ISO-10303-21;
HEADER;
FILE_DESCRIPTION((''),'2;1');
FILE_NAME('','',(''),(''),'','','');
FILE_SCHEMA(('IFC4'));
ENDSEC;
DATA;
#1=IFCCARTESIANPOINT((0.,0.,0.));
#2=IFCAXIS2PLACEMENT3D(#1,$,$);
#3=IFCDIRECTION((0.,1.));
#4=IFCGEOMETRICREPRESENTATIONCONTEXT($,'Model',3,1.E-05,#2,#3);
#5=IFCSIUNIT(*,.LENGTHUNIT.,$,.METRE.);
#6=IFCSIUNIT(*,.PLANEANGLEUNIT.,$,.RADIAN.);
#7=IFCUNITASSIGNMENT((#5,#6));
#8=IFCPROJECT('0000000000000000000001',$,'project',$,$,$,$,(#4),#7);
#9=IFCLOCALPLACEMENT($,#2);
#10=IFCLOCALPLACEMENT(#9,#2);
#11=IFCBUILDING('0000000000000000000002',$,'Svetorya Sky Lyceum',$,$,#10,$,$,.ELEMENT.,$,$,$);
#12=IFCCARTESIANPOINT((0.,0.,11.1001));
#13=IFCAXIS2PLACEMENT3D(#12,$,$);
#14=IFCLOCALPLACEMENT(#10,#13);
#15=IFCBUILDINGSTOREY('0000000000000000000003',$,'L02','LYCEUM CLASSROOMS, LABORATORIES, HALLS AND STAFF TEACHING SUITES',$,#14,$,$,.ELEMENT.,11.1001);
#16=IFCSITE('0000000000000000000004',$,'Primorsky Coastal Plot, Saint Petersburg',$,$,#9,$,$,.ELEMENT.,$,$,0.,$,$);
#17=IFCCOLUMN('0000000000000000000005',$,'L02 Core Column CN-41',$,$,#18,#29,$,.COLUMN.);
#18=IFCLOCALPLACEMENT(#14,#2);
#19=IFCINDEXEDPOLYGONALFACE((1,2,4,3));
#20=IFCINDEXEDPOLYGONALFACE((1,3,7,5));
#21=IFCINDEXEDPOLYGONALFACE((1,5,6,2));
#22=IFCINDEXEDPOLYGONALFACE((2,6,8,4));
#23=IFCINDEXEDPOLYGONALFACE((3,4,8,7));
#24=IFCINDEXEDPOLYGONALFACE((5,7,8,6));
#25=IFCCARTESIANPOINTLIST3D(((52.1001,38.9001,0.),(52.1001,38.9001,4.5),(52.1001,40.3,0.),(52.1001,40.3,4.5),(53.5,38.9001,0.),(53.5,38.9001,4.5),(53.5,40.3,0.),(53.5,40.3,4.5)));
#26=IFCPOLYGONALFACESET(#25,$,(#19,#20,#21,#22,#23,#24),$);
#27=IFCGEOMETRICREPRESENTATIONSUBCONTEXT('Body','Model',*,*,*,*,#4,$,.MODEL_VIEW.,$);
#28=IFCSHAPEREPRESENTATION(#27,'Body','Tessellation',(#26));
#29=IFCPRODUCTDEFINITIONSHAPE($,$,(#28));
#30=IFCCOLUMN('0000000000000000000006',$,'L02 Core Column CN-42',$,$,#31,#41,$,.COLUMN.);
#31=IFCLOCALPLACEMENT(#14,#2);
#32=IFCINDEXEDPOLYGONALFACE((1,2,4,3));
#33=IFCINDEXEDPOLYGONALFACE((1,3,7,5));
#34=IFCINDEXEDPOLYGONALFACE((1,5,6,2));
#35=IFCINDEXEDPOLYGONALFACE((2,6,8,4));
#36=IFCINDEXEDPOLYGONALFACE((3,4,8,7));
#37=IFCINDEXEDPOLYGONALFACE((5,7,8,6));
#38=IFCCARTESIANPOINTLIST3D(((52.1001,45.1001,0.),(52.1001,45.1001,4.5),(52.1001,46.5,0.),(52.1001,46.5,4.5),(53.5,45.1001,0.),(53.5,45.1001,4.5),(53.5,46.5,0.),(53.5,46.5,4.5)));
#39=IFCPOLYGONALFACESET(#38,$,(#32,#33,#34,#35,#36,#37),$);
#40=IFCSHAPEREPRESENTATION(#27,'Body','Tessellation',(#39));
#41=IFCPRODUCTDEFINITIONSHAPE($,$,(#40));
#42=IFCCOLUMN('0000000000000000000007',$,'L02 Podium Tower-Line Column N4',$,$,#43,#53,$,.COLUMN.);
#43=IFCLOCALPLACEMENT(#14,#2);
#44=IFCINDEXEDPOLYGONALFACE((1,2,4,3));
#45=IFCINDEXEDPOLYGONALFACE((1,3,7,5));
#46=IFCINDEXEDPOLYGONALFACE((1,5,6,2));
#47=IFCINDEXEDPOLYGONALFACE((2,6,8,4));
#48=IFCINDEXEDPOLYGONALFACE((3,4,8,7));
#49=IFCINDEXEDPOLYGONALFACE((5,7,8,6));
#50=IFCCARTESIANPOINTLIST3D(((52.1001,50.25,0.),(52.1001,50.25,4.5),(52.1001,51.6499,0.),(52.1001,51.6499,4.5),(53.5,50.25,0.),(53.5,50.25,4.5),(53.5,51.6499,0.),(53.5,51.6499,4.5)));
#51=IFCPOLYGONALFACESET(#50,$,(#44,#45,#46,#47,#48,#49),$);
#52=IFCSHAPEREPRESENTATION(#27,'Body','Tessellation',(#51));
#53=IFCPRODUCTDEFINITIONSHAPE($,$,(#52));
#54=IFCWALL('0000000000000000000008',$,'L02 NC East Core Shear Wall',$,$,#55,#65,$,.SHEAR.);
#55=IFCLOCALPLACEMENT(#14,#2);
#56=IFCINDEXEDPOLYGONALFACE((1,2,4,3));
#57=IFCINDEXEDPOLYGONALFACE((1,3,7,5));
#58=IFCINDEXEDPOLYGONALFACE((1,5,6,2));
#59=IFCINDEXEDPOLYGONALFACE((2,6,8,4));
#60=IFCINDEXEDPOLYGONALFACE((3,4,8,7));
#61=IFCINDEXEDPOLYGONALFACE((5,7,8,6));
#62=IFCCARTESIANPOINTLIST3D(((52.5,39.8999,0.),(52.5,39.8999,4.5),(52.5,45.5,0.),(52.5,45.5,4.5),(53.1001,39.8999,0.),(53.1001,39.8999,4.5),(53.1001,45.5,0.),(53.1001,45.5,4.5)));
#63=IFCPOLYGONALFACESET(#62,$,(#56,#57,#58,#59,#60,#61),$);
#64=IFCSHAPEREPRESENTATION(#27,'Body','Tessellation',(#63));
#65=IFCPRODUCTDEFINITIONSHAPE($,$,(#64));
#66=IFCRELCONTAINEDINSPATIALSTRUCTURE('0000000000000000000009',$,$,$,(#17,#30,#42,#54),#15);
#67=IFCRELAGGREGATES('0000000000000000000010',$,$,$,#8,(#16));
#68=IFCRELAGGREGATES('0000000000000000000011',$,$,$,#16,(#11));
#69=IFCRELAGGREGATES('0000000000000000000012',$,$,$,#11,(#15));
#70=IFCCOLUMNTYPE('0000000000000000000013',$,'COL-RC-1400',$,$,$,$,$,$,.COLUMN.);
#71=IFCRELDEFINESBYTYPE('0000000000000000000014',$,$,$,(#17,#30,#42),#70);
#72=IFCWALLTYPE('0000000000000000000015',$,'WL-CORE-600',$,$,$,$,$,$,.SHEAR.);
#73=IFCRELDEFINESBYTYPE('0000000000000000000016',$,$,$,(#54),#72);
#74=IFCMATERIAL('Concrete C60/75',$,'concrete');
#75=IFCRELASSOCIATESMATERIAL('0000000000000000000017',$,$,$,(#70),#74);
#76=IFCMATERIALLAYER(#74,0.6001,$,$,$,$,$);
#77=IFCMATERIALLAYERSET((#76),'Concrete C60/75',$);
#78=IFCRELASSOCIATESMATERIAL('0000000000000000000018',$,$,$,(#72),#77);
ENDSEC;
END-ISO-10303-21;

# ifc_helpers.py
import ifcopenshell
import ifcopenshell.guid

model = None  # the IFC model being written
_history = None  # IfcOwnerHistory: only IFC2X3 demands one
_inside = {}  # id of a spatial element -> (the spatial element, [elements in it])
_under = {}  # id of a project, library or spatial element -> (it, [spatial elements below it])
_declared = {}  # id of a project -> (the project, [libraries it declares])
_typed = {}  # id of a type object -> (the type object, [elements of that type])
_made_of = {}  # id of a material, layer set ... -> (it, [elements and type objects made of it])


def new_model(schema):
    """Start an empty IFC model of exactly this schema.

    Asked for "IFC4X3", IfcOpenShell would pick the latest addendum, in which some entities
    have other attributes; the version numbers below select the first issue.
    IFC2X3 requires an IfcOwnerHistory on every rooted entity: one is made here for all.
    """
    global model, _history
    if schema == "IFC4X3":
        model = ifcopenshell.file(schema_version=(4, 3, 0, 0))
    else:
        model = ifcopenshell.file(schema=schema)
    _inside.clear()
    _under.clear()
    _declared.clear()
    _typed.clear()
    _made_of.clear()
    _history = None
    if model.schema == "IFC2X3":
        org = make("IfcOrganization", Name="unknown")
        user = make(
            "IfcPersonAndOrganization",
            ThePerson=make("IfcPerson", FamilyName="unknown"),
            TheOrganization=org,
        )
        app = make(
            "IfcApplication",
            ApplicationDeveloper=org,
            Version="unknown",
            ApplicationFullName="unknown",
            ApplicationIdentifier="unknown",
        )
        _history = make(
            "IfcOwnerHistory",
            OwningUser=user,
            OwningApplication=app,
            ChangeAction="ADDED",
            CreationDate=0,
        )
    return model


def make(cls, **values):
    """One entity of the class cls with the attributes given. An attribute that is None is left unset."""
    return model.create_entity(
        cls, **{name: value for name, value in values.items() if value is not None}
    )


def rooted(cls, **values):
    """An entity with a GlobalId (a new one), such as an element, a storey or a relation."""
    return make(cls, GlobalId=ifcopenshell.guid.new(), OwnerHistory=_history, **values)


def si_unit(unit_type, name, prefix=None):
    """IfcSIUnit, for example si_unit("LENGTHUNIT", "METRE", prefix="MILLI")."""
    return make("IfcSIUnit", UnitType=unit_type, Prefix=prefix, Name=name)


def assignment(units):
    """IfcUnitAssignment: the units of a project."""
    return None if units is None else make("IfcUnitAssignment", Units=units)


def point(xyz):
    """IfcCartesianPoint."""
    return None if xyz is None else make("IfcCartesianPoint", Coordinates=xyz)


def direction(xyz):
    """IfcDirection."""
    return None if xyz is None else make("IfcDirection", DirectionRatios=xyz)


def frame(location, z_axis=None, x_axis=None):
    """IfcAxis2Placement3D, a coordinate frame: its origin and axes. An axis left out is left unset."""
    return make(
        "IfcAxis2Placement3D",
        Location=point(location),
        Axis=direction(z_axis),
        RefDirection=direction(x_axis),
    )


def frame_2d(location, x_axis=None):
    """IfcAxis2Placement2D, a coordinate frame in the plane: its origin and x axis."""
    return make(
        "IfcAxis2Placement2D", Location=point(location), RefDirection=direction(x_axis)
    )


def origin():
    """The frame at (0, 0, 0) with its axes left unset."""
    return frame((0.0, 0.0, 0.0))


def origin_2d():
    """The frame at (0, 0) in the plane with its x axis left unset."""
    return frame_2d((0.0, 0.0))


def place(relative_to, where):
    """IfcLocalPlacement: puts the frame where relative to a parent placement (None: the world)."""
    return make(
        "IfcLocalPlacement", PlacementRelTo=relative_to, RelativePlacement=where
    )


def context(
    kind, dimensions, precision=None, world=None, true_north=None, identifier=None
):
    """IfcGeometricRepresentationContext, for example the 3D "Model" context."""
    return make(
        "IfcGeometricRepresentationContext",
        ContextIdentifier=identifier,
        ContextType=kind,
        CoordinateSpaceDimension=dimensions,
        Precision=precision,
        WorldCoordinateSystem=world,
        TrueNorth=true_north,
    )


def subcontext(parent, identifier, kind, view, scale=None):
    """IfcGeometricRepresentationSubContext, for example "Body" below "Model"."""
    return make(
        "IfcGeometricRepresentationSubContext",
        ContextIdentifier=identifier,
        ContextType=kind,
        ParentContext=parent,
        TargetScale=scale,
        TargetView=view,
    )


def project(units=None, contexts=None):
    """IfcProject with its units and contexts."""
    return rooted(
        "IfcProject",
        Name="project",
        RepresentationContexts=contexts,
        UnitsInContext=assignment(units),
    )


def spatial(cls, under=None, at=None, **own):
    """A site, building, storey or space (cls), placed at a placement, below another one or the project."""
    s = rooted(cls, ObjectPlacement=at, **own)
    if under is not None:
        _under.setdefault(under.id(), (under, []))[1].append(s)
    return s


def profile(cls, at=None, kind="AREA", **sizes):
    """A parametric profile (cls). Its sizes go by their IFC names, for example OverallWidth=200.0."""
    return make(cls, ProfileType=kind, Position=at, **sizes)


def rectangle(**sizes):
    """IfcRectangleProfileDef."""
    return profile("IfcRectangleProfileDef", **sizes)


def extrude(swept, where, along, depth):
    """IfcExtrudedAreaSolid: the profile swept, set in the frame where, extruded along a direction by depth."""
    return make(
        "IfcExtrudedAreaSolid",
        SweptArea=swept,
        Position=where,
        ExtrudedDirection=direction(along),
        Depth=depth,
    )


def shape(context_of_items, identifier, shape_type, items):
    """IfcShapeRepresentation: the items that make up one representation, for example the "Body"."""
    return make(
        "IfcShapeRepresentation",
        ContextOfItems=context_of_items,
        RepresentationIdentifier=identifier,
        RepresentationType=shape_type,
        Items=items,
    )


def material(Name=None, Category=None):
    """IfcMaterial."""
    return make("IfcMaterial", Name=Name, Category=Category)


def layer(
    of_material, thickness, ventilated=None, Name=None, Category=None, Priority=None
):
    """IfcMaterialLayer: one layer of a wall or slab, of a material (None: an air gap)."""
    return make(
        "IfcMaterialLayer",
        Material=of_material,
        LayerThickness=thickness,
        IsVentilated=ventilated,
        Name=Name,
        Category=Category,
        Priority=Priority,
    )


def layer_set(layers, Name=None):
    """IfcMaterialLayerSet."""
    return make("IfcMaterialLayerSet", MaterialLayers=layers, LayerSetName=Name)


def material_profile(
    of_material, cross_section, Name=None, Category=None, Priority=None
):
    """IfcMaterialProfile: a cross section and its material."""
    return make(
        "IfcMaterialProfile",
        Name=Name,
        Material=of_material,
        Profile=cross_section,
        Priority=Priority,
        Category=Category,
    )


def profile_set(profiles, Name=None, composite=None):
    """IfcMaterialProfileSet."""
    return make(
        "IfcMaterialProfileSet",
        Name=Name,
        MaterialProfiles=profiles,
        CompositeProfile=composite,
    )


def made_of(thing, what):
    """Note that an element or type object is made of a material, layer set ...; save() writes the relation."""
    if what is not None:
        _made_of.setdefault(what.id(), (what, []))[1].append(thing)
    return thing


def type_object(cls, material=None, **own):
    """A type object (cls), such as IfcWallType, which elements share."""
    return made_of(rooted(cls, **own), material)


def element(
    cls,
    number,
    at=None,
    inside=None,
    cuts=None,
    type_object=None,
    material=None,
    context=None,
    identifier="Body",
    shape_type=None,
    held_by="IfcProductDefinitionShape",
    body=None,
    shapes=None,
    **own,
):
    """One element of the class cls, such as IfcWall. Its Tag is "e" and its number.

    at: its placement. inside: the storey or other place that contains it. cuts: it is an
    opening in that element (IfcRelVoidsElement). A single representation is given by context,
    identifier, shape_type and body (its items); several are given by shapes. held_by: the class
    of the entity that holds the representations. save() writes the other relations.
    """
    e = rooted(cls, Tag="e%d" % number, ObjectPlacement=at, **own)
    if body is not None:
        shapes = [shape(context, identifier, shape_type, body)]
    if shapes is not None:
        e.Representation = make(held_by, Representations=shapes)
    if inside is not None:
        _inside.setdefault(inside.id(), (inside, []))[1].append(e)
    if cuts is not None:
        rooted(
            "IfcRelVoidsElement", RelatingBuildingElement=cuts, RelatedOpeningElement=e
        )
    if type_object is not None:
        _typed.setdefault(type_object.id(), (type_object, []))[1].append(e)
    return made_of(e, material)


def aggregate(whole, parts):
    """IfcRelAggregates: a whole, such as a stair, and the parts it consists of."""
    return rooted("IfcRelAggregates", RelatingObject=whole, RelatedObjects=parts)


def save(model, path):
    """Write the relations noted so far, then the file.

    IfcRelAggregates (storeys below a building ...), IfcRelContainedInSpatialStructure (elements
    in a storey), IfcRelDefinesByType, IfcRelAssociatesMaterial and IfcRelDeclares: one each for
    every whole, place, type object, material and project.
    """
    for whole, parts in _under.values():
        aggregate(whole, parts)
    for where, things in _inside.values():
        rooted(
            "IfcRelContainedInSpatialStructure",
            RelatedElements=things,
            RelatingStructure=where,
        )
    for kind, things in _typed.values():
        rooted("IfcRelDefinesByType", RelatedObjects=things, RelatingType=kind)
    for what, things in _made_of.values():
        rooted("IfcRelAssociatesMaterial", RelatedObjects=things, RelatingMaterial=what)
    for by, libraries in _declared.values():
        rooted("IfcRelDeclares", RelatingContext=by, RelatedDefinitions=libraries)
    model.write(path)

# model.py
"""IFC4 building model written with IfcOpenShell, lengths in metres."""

from ifc_helpers import new_model, si_unit, direction, frame, frame_2d, origin, origin_2d, place, context, subcontext, project, spatial, rectangle, extrude, material, layer, layer_set, material_profile, profile_set, type_object, element, save


model = new_model("IFC4")

# Units and contexts
model_context = context("Model", 3, precision=1e-05, world=origin(), true_north=direction((0.0, 1.0)))
body_context = subcontext(model_context, "Body", "Model", "MODEL_VIEW")
ifc_project = project(units=[si_unit("LENGTHUNIT", "METRE"), si_unit("PLANEANGLEUNIT", "RADIAN")], contexts=[model_context])

# Site, building, storey
site_placement = place(None, origin())
site = spatial("IfcSite", under=ifc_project, at=site_placement, Name="Primorsky Coastal Plot, Saint Petersburg", CompositionType="ELEMENT", RefElevation=0.0)
building_placement = place(site_placement, origin())
building = spatial("IfcBuilding", under=site, at=building_placement, Name="Svetorya Sky Lyceum", CompositionType="ELEMENT")
storey_placement = place(building_placement, frame((0.0, 0.0, 11.1001)))
storey = spatial("IfcBuildingStorey", under=building, at=storey_placement, Name="L02", Description="LYCEUM CLASSROOMS, LABORATORIES, HALLS AND STAFF TEACHING SUITES", CompositionType="ELEMENT", Elevation=11.1001)

# Columns
ifc_material_1 = material(Name="Concrete C60/75", Category="concrete")
ifc_material_profile = material_profile(ifc_material_1, rectangle(XDim=1.3999, YDim=1.3999, at=origin_2d()), Name="RC COL 1400x1400")
ifc_profile_set = profile_set([ifc_material_profile], Name="Concrete C60/75")
column_type = type_object("IfcColumnType", Name="COL-RC-1400", PredefinedType="COLUMN", material=ifc_profile_set)
for number, where, z_axis, x_axis, name in (
    (1, (52.8, 39.6001, 0.0), (0.0, 0.0, 1.0), (1.0, 0.0, 0.0), "L02 Core Column CN-41"),
    (2, (52.8, 45.8, 0.0), (0.0, 0.0, 1.0), (1.0, 0.0, 0.0), "L02 Core Column CN-42"),
    (3, (52.8, 50.95, 0.0), (0.0, 0.0, 1.0), (1.0, 0.0, 0.0), "L02 Podium Tower-Line Column N4"),
):
    element("IfcColumn", number, at=place(storey_placement, frame(where, z_axis=z_axis, x_axis=x_axis)), inside=storey, type_object=column_type, Name=name, PredefinedType="COLUMN", context=body_context, shape_type="SweptSolid", body=[
        extrude(rectangle(XDim=1.3999, YDim=1.3999, at=origin_2d()), origin(), (0.0, 0.0, 1.0), 4.5),
    ])

# Wall
ifc_layer = layer(ifc_material_1, 0.6001)
ifc_layer_set = layer_set([ifc_layer], Name="Concrete C60/75")
wall_type = type_object("IfcWallType", Name="WL-CORE-600", PredefinedType="SHEAR", material=ifc_layer_set)
wall_1_placement = place(storey_placement, frame((52.8, 39.8999, 0.0), z_axis=(0.0, 0.0, 1.0), x_axis=(0.0, 1.0, 0.0)))
element("IfcWall", 4, at=wall_1_placement, inside=storey, type_object=wall_type, Name="L02 NC East Core Shear Wall", PredefinedType="SHEAR", context=body_context, shape_type="SweptSolid", body=[
    extrude(rectangle(XDim=5.6001, YDim=0.6001, at=frame_2d((2.8, 0.0))), origin(), (0.0, 0.0, 1.0), 4.5),
])

save(model, "model.ifc")
